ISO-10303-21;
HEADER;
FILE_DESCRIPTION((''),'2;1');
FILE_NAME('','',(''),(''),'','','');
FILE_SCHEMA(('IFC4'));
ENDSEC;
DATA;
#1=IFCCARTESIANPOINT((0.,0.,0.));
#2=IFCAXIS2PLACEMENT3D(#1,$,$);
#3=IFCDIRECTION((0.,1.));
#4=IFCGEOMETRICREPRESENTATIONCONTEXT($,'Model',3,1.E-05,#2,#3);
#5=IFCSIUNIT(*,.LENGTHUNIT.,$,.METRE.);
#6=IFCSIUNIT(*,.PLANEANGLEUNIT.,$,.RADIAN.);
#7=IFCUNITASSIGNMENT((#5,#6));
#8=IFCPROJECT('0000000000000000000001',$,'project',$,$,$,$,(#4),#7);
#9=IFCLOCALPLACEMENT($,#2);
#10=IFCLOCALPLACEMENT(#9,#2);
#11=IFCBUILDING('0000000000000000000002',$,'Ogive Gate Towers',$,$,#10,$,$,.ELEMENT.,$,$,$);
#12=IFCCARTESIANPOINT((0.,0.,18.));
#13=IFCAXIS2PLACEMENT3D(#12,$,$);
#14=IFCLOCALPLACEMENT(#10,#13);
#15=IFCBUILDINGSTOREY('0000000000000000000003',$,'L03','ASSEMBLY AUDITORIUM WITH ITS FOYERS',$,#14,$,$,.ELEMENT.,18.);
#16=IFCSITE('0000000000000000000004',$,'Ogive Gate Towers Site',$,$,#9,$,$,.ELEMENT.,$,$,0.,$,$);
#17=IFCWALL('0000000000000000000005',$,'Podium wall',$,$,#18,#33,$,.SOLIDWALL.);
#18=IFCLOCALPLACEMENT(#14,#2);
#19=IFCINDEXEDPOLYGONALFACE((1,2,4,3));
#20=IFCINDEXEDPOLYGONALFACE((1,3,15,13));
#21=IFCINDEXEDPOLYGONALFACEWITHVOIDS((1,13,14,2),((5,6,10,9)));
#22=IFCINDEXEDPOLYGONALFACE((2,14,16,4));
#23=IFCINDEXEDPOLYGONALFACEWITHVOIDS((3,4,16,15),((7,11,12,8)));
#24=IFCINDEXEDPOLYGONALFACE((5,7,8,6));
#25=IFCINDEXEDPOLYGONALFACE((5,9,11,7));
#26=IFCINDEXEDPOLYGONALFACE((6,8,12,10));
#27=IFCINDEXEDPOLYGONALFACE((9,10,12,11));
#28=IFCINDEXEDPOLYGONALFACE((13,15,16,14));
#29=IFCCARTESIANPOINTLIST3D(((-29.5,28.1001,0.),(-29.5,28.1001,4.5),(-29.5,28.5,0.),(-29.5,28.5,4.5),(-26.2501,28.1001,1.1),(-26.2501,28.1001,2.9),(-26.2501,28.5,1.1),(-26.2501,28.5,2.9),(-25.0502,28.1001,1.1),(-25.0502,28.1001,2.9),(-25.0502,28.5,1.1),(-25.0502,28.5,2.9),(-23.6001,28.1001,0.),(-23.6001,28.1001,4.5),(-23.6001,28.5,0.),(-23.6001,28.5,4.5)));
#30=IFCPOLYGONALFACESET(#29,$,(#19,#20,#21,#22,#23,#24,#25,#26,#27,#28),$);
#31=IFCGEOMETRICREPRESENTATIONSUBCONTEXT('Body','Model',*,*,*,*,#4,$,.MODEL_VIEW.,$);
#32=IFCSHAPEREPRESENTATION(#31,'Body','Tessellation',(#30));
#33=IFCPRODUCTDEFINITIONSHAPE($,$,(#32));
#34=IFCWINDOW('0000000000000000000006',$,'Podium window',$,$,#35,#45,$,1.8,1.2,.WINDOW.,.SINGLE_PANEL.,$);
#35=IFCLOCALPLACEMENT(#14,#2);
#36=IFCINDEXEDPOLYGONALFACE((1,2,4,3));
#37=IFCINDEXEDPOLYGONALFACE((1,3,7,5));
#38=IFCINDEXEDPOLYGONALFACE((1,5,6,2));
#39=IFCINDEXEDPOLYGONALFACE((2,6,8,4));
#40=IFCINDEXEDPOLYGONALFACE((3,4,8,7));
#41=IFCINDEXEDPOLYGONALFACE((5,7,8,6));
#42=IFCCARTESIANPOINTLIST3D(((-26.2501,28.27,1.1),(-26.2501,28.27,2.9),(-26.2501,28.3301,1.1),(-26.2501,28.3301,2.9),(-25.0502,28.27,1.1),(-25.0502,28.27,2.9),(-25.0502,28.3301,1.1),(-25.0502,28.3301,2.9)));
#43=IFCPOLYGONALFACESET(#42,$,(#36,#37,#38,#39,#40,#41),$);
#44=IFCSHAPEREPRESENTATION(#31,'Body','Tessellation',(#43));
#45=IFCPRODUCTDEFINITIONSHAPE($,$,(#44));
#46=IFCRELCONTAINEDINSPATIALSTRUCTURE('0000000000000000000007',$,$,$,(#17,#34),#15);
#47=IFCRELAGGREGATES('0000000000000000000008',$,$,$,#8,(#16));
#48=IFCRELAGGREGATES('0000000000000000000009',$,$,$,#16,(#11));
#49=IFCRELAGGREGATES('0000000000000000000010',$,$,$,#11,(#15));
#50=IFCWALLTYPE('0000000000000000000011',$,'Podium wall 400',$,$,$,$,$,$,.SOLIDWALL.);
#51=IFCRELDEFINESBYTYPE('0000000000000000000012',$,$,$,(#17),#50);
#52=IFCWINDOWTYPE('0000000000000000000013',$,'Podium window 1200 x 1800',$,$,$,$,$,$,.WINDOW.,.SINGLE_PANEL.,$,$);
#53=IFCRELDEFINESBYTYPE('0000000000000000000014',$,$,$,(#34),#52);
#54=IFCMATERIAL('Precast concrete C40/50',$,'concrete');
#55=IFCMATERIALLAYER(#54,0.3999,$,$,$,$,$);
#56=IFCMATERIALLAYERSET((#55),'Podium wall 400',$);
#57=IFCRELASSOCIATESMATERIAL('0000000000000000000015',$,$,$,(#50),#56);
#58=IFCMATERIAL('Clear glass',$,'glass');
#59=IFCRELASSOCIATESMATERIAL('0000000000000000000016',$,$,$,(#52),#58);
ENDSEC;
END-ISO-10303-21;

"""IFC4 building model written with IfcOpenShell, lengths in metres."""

from ifc_helpers import new_model, si_unit, direction, frame, frame_2d, origin, place, context, subcontext, project, spatial, rectangle, extrude, material, layer, layer_set, type_object, element, fill, save


model = new_model("IFC4")

# Units and contexts
model_context = context("Model", 3, precision=1e-05, world=origin(), true_north=direction((0.0, 1.0)))
body_context = subcontext(model_context, "Body", "Model", "MODEL_VIEW")
ifc_project = project(units=[si_unit("LENGTHUNIT", "METRE"), si_unit("PLANEANGLEUNIT", "RADIAN")], contexts=[model_context])

# Site, building, storey
site_placement = place(None, origin())
site = spatial("IfcSite", under=ifc_project, at=site_placement, Name="Ogive Gate Towers Site", CompositionType="ELEMENT", RefElevation=0.0)
building_placement = place(site_placement, origin())
building = spatial("IfcBuilding", under=site, at=building_placement, Name="Ogive Gate Towers", CompositionType="ELEMENT")
storey_placement = place(building_placement, frame((0.0, 0.0, 18.0)))
storey = spatial("IfcBuildingStorey", under=building, at=storey_placement, Name="L03", Description="ASSEMBLY AUDITORIUM WITH ITS FOYERS", CompositionType="ELEMENT", Elevation=18.0)

# Wall, opening, window
ifc_material_1 = material(Name="Precast concrete C40/50", Category="concrete")
ifc_layer_1 = layer(ifc_material_1, 0.3999)
ifc_layer_set_1 = layer_set([ifc_layer_1], Name="Podium wall 400")
wall_type_1 = type_object("IfcWallType", Name="Podium wall 400", PredefinedType="SOLIDWALL", material=ifc_layer_set_1)
ifc_material_2 = material(Name="Clear glass", Category="glass")
window_type = type_object("IfcWindowType", Name="Podium window 1200 x 1800", PartitioningType="SINGLE_PANEL", PredefinedType="WINDOW", material=ifc_material_2)
wall_1_placement = place(storey_placement, frame((-23.6001, 28.3, 0.0), z_axis=(0.0, 0.0, 1.0), x_axis=(-1.0, 0.0, 0.0)))
wall_1 = element("IfcWall", 1, at=wall_1_placement, inside=storey, type_object=wall_type_1, Name="Podium wall", PredefinedType="SOLIDWALL", context=body_context, shape_type="SweptSolid", body=[
    extrude(rectangle(XDim=5.8999, YDim=0.3999, at=frame_2d((2.95, 0.0))), origin(), (0.0, 0.0, 1.0), 4.5),
])
opening_1_placement = place(wall_1_placement, frame((1.45, 0.0, 1.1001)))
opening_1 = element("IfcOpeningElement", 2, at=opening_1_placement, cuts=wall_1, PredefinedType="OPENING", context=body_context, shape_type="SweptSolid", body=[
    extrude(rectangle(XDim=1.2, YDim=1.8, at=frame_2d((0.6001, 0.8999))), frame((0.0, 0.21, 0.0), z_axis=(0.0, -1.0, 0.0), x_axis=(1.0, 0.0, 0.0)), (0.0, 0.0, 1.0), 0.4199),
])
window_1_placement = place(opening_1_placement, origin())
window_1 = element("IfcWindow", 3, at=window_1_placement, inside=storey, type_object=window_type, Name="Podium window", OverallHeight=1.8, OverallWidth=1.2, PartitioningType="SINGLE_PANEL", PredefinedType="WINDOW", context=body_context, shape_type="SweptSolid", body=[
    extrude(rectangle(XDim=1.2, YDim=1.8, at=frame_2d((0.6001, 0.8999))), frame((0.0, 0.03, 0.0), z_axis=(0.0, -1.0, 0.0), x_axis=(1.0, 0.0, 0.0)), (0.0, 0.0, 1.0), 0.0601),
])
fill(opening_1, window_1)

save(model, "model.ifc")
